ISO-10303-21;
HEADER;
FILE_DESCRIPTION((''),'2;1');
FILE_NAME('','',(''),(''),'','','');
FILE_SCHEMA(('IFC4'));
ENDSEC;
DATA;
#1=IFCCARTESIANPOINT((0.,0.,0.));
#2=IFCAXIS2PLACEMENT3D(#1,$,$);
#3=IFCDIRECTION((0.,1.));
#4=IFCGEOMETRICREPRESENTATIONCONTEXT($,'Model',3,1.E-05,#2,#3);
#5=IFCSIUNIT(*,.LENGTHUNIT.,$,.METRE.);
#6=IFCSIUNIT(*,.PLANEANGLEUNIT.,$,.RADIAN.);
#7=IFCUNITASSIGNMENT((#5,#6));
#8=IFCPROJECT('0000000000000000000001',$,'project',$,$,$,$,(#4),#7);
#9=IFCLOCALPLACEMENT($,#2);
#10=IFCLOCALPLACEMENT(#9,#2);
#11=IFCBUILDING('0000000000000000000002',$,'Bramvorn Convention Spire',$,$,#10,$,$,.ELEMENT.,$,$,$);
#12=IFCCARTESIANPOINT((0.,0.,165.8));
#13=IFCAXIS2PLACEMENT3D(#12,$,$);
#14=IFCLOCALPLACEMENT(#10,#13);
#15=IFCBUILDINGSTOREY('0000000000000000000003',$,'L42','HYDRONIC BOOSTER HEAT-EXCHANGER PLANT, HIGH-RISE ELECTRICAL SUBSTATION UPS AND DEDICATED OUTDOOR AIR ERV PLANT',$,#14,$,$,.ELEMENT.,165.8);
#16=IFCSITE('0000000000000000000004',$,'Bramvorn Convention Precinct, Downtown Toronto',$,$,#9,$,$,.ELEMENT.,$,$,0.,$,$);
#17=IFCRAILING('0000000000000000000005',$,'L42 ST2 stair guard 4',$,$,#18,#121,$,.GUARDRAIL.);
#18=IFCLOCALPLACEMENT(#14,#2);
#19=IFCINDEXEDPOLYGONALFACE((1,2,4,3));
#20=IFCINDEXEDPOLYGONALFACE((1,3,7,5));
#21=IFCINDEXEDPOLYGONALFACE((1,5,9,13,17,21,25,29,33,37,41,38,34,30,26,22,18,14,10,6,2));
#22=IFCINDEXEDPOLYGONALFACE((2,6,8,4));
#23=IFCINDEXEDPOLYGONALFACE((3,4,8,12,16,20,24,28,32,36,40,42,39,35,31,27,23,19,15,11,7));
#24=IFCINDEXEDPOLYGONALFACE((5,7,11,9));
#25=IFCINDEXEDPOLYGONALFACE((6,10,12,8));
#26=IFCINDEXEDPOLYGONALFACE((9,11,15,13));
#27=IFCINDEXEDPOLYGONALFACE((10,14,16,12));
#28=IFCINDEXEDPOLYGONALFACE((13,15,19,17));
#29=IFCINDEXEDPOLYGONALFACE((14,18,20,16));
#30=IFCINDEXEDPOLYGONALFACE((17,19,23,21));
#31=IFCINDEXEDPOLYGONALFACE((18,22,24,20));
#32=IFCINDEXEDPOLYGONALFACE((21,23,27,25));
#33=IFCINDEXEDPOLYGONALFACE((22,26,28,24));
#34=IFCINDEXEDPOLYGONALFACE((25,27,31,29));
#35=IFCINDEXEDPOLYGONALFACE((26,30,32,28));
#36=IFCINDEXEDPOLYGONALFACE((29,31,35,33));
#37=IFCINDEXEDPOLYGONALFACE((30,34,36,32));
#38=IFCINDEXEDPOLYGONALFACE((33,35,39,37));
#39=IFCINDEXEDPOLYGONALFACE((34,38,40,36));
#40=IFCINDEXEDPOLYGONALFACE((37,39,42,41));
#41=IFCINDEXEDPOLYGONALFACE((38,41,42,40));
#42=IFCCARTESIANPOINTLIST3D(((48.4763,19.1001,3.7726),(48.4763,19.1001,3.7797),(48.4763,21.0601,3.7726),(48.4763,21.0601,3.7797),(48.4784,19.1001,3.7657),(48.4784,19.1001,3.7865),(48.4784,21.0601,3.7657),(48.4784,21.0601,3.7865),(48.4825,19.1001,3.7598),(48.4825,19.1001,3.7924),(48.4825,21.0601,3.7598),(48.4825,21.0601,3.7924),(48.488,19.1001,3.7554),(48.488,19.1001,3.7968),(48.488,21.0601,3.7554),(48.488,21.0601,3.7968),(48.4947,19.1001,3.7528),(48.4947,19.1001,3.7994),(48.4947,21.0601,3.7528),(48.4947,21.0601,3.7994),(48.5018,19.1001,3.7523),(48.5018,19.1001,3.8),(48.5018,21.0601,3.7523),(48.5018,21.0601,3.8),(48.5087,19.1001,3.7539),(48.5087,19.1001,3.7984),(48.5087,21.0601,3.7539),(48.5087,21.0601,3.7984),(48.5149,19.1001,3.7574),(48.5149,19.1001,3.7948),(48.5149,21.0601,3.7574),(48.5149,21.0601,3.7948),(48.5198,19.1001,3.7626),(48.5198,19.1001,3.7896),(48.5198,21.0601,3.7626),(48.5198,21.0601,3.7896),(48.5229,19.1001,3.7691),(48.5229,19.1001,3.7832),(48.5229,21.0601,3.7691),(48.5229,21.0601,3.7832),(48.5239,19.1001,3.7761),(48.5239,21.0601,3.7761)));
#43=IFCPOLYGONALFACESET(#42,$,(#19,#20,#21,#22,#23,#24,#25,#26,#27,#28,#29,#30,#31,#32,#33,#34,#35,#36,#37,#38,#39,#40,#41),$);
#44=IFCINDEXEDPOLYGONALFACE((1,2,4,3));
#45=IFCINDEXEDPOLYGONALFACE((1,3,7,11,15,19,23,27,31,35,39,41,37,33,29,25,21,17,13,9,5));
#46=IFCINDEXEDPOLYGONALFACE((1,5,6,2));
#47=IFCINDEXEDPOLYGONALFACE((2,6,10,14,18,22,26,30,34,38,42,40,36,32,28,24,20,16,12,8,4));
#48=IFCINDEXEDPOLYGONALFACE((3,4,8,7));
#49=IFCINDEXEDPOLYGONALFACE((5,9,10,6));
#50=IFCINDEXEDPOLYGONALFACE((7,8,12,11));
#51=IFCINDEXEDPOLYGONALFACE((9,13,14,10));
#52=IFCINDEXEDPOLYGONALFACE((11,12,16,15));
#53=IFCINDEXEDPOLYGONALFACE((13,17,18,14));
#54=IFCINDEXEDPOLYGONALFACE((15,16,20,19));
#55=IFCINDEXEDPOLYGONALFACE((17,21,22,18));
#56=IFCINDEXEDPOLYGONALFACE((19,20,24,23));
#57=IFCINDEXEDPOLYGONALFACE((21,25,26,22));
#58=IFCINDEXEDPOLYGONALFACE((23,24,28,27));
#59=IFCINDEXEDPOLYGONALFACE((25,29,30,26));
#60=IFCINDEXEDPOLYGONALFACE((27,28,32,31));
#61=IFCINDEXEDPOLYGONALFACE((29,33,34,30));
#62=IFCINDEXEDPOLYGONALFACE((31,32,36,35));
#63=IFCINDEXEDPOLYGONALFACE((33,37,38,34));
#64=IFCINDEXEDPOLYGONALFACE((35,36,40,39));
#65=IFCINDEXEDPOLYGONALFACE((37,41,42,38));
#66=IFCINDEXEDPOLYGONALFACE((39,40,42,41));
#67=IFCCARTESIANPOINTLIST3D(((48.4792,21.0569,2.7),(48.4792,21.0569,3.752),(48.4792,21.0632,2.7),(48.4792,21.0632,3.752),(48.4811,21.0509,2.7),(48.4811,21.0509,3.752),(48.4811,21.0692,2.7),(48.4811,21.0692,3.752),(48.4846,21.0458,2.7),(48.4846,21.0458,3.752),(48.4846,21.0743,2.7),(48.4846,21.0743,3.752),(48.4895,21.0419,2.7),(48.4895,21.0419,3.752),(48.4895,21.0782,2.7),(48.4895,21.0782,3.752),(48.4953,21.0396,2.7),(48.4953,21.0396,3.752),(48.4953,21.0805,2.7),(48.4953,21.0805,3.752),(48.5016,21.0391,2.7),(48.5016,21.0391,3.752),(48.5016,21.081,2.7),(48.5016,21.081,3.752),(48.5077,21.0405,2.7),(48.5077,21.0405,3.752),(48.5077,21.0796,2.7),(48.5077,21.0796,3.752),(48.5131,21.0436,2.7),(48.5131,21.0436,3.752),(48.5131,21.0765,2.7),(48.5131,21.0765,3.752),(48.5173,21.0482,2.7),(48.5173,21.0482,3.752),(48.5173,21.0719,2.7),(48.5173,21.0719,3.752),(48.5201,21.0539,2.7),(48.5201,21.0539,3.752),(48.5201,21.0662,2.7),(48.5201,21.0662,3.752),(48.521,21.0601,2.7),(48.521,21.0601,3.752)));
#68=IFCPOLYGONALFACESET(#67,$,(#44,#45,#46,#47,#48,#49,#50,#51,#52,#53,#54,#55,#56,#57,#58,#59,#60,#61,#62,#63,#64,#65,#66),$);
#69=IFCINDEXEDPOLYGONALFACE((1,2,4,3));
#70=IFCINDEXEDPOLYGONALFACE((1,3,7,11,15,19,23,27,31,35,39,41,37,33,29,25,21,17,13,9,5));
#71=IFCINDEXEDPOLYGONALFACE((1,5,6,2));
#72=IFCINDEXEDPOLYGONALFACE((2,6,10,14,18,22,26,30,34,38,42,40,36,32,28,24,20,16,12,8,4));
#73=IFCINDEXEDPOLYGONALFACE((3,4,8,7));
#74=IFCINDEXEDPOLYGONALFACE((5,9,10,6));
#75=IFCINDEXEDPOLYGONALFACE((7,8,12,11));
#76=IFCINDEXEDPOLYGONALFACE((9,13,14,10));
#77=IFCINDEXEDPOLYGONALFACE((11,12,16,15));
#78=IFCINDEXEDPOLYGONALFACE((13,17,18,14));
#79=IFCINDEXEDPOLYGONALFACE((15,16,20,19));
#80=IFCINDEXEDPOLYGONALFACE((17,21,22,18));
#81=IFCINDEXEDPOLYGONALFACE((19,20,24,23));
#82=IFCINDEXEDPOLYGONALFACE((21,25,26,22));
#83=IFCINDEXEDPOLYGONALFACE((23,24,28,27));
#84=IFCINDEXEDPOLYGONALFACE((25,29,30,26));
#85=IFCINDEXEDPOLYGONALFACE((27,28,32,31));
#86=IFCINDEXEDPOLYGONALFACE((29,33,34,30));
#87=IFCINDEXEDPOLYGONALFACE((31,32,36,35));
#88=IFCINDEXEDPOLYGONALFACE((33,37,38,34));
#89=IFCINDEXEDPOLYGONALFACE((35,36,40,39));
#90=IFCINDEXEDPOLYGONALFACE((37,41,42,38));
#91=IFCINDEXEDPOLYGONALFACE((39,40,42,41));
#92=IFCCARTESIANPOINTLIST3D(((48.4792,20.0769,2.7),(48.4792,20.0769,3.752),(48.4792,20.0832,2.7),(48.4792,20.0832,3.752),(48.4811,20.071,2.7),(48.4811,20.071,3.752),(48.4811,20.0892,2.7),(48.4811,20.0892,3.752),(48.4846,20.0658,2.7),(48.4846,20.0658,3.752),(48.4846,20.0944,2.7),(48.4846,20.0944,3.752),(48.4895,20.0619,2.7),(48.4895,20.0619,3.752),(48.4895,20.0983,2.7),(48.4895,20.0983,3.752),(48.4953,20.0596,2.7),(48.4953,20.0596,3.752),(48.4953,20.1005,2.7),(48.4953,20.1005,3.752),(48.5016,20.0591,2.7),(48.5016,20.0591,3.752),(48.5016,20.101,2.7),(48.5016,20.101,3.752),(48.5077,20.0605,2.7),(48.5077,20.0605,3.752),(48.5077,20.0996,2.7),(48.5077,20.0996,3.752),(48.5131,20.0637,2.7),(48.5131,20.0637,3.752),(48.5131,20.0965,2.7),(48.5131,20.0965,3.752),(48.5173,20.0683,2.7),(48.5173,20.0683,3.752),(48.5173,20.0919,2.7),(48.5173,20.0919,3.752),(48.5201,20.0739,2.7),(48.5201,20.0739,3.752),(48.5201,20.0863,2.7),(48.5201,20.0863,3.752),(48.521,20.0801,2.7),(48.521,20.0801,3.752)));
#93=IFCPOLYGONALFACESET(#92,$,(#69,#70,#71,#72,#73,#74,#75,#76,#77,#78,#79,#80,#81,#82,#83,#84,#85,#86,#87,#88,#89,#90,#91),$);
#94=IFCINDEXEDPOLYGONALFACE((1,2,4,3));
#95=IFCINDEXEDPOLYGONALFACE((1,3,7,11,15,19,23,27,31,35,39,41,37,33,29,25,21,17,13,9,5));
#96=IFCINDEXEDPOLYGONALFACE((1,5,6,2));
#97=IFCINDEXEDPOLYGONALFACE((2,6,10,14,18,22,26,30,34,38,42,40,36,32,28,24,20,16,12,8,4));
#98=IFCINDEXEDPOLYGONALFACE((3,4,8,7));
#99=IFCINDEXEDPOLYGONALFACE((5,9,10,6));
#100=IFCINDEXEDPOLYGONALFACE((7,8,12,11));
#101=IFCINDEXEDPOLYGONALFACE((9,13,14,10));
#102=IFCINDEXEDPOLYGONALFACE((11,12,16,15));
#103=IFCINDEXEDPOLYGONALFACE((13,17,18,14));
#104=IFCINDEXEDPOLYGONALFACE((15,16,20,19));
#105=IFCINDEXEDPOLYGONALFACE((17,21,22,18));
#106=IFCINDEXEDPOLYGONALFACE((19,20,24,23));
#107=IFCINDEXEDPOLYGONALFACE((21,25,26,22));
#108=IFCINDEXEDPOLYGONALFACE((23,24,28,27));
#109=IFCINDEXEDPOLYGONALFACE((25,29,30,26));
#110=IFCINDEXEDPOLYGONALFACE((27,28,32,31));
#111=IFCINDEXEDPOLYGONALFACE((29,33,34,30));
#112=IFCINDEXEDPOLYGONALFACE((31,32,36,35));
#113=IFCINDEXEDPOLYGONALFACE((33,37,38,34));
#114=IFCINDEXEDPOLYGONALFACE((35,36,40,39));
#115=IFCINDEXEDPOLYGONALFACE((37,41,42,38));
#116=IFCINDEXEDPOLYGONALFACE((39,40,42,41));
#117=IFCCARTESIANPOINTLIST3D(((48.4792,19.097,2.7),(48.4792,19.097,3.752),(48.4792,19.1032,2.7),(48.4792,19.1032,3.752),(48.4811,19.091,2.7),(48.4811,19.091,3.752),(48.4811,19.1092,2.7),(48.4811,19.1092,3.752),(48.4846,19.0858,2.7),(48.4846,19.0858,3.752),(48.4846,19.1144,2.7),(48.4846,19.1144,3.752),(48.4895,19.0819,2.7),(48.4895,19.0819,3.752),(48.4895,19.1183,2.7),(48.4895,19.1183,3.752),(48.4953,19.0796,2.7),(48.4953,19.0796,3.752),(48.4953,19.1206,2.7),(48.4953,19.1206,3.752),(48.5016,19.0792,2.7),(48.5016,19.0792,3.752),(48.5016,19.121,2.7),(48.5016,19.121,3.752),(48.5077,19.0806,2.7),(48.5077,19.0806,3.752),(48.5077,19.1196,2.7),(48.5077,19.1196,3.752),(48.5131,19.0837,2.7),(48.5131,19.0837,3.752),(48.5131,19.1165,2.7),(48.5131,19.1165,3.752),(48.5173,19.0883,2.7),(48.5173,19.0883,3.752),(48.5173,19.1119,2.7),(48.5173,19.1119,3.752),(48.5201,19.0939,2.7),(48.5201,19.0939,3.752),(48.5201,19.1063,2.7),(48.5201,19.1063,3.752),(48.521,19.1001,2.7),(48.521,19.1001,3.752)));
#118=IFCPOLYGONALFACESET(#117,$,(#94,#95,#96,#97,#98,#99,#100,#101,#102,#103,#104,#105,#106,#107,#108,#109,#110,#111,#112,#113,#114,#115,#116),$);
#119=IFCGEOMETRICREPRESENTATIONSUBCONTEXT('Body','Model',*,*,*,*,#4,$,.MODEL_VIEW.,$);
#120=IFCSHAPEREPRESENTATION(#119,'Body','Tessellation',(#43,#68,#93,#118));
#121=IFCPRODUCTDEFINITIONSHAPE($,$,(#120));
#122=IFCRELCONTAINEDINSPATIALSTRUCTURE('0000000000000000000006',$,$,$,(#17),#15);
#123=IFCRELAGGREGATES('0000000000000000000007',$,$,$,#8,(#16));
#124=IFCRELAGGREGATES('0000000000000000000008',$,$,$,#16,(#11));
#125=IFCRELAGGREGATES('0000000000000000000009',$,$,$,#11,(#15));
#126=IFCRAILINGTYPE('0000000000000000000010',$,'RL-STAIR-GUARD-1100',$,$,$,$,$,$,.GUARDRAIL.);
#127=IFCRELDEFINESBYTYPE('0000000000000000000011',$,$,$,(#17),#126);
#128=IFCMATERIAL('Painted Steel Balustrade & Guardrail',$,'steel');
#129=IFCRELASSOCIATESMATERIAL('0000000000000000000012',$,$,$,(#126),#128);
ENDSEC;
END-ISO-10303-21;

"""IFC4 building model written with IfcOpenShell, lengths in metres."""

from ifc_helpers import new_model, si_unit, direction, frame, origin, origin_2d, place, context, subcontext, project, spatial, circle, extrude, material, type_object, element, save


model = new_model("IFC4")

# Units and contexts
model_context = context("Model", 3, precision=1e-05, world=origin(), true_north=direction((0.0, 1.0)))
body_context = subcontext(model_context, "Body", "Model", "MODEL_VIEW")
ifc_project = project(units=[si_unit("LENGTHUNIT", "METRE"), si_unit("PLANEANGLEUNIT", "RADIAN")], contexts=[model_context])

# Site, building, storey
site_placement = place(None, origin())
site = spatial("IfcSite", under=ifc_project, at=site_placement, Name="Bramvorn Convention Precinct, Downtown Toronto", CompositionType="ELEMENT", RefElevation=0.0)
building_placement = place(site_placement, origin())
building = spatial("IfcBuilding", under=site, at=building_placement, Name="Bramvorn Convention Spire", CompositionType="ELEMENT")
storey_placement = place(building_placement, frame((0.0, 0.0, 165.8)))
storey = spatial("IfcBuildingStorey", under=building, at=storey_placement, Name="L42", Description="HYDRONIC BOOSTER HEAT-EXCHANGER PLANT, HIGH-RISE ELECTRICAL SUBSTATION UPS AND DEDICATED OUTDOOR AIR ERV PLANT", CompositionType="ELEMENT", Elevation=165.8)

# Railing
ifc_material_1 = material(Name="Painted Steel Balustrade & Guardrail", Category="steel")
railing_type_1 = type_object("IfcRailingType", Name="RL-STAIR-GUARD-1100", PredefinedType="GUARDRAIL", material=ifc_material_1)
for number, where, name in (
    (1, (48.5, 21.0601, 2.7), "L42 ST2 stair guard 4"),
):
    element("IfcRailing", number, at=place(storey_placement, frame(where)), inside=storey, type_object=railing_type_1, Name=name, PredefinedType="GUARDRAIL", context=body_context, shape_type="SweptSolid", body=[
        extrude(circle(Radius=0.0239, at=origin_2d()), frame((0.0, 0.0, 1.0762), z_axis=(0.0, -1.0, 0.0), x_axis=(1.0, 0.0, 0.0)), (0.0, 0.0, 1.0), 1.96),
        extrude(circle(Radius=0.021, at=origin_2d()), origin(), (0.0, 0.0, 1.0), 1.052),
        extrude(circle(Radius=0.021, at=origin_2d()), frame((0.0, -0.98, 0.0)), (0.0, 0.0, 1.0), 1.052),
        extrude(circle(Radius=0.021, at=origin_2d()), frame((0.0, -1.96, 0.0)), (0.0, 0.0, 1.0), 1.052),
    ])

save(model, "model.ifc")
